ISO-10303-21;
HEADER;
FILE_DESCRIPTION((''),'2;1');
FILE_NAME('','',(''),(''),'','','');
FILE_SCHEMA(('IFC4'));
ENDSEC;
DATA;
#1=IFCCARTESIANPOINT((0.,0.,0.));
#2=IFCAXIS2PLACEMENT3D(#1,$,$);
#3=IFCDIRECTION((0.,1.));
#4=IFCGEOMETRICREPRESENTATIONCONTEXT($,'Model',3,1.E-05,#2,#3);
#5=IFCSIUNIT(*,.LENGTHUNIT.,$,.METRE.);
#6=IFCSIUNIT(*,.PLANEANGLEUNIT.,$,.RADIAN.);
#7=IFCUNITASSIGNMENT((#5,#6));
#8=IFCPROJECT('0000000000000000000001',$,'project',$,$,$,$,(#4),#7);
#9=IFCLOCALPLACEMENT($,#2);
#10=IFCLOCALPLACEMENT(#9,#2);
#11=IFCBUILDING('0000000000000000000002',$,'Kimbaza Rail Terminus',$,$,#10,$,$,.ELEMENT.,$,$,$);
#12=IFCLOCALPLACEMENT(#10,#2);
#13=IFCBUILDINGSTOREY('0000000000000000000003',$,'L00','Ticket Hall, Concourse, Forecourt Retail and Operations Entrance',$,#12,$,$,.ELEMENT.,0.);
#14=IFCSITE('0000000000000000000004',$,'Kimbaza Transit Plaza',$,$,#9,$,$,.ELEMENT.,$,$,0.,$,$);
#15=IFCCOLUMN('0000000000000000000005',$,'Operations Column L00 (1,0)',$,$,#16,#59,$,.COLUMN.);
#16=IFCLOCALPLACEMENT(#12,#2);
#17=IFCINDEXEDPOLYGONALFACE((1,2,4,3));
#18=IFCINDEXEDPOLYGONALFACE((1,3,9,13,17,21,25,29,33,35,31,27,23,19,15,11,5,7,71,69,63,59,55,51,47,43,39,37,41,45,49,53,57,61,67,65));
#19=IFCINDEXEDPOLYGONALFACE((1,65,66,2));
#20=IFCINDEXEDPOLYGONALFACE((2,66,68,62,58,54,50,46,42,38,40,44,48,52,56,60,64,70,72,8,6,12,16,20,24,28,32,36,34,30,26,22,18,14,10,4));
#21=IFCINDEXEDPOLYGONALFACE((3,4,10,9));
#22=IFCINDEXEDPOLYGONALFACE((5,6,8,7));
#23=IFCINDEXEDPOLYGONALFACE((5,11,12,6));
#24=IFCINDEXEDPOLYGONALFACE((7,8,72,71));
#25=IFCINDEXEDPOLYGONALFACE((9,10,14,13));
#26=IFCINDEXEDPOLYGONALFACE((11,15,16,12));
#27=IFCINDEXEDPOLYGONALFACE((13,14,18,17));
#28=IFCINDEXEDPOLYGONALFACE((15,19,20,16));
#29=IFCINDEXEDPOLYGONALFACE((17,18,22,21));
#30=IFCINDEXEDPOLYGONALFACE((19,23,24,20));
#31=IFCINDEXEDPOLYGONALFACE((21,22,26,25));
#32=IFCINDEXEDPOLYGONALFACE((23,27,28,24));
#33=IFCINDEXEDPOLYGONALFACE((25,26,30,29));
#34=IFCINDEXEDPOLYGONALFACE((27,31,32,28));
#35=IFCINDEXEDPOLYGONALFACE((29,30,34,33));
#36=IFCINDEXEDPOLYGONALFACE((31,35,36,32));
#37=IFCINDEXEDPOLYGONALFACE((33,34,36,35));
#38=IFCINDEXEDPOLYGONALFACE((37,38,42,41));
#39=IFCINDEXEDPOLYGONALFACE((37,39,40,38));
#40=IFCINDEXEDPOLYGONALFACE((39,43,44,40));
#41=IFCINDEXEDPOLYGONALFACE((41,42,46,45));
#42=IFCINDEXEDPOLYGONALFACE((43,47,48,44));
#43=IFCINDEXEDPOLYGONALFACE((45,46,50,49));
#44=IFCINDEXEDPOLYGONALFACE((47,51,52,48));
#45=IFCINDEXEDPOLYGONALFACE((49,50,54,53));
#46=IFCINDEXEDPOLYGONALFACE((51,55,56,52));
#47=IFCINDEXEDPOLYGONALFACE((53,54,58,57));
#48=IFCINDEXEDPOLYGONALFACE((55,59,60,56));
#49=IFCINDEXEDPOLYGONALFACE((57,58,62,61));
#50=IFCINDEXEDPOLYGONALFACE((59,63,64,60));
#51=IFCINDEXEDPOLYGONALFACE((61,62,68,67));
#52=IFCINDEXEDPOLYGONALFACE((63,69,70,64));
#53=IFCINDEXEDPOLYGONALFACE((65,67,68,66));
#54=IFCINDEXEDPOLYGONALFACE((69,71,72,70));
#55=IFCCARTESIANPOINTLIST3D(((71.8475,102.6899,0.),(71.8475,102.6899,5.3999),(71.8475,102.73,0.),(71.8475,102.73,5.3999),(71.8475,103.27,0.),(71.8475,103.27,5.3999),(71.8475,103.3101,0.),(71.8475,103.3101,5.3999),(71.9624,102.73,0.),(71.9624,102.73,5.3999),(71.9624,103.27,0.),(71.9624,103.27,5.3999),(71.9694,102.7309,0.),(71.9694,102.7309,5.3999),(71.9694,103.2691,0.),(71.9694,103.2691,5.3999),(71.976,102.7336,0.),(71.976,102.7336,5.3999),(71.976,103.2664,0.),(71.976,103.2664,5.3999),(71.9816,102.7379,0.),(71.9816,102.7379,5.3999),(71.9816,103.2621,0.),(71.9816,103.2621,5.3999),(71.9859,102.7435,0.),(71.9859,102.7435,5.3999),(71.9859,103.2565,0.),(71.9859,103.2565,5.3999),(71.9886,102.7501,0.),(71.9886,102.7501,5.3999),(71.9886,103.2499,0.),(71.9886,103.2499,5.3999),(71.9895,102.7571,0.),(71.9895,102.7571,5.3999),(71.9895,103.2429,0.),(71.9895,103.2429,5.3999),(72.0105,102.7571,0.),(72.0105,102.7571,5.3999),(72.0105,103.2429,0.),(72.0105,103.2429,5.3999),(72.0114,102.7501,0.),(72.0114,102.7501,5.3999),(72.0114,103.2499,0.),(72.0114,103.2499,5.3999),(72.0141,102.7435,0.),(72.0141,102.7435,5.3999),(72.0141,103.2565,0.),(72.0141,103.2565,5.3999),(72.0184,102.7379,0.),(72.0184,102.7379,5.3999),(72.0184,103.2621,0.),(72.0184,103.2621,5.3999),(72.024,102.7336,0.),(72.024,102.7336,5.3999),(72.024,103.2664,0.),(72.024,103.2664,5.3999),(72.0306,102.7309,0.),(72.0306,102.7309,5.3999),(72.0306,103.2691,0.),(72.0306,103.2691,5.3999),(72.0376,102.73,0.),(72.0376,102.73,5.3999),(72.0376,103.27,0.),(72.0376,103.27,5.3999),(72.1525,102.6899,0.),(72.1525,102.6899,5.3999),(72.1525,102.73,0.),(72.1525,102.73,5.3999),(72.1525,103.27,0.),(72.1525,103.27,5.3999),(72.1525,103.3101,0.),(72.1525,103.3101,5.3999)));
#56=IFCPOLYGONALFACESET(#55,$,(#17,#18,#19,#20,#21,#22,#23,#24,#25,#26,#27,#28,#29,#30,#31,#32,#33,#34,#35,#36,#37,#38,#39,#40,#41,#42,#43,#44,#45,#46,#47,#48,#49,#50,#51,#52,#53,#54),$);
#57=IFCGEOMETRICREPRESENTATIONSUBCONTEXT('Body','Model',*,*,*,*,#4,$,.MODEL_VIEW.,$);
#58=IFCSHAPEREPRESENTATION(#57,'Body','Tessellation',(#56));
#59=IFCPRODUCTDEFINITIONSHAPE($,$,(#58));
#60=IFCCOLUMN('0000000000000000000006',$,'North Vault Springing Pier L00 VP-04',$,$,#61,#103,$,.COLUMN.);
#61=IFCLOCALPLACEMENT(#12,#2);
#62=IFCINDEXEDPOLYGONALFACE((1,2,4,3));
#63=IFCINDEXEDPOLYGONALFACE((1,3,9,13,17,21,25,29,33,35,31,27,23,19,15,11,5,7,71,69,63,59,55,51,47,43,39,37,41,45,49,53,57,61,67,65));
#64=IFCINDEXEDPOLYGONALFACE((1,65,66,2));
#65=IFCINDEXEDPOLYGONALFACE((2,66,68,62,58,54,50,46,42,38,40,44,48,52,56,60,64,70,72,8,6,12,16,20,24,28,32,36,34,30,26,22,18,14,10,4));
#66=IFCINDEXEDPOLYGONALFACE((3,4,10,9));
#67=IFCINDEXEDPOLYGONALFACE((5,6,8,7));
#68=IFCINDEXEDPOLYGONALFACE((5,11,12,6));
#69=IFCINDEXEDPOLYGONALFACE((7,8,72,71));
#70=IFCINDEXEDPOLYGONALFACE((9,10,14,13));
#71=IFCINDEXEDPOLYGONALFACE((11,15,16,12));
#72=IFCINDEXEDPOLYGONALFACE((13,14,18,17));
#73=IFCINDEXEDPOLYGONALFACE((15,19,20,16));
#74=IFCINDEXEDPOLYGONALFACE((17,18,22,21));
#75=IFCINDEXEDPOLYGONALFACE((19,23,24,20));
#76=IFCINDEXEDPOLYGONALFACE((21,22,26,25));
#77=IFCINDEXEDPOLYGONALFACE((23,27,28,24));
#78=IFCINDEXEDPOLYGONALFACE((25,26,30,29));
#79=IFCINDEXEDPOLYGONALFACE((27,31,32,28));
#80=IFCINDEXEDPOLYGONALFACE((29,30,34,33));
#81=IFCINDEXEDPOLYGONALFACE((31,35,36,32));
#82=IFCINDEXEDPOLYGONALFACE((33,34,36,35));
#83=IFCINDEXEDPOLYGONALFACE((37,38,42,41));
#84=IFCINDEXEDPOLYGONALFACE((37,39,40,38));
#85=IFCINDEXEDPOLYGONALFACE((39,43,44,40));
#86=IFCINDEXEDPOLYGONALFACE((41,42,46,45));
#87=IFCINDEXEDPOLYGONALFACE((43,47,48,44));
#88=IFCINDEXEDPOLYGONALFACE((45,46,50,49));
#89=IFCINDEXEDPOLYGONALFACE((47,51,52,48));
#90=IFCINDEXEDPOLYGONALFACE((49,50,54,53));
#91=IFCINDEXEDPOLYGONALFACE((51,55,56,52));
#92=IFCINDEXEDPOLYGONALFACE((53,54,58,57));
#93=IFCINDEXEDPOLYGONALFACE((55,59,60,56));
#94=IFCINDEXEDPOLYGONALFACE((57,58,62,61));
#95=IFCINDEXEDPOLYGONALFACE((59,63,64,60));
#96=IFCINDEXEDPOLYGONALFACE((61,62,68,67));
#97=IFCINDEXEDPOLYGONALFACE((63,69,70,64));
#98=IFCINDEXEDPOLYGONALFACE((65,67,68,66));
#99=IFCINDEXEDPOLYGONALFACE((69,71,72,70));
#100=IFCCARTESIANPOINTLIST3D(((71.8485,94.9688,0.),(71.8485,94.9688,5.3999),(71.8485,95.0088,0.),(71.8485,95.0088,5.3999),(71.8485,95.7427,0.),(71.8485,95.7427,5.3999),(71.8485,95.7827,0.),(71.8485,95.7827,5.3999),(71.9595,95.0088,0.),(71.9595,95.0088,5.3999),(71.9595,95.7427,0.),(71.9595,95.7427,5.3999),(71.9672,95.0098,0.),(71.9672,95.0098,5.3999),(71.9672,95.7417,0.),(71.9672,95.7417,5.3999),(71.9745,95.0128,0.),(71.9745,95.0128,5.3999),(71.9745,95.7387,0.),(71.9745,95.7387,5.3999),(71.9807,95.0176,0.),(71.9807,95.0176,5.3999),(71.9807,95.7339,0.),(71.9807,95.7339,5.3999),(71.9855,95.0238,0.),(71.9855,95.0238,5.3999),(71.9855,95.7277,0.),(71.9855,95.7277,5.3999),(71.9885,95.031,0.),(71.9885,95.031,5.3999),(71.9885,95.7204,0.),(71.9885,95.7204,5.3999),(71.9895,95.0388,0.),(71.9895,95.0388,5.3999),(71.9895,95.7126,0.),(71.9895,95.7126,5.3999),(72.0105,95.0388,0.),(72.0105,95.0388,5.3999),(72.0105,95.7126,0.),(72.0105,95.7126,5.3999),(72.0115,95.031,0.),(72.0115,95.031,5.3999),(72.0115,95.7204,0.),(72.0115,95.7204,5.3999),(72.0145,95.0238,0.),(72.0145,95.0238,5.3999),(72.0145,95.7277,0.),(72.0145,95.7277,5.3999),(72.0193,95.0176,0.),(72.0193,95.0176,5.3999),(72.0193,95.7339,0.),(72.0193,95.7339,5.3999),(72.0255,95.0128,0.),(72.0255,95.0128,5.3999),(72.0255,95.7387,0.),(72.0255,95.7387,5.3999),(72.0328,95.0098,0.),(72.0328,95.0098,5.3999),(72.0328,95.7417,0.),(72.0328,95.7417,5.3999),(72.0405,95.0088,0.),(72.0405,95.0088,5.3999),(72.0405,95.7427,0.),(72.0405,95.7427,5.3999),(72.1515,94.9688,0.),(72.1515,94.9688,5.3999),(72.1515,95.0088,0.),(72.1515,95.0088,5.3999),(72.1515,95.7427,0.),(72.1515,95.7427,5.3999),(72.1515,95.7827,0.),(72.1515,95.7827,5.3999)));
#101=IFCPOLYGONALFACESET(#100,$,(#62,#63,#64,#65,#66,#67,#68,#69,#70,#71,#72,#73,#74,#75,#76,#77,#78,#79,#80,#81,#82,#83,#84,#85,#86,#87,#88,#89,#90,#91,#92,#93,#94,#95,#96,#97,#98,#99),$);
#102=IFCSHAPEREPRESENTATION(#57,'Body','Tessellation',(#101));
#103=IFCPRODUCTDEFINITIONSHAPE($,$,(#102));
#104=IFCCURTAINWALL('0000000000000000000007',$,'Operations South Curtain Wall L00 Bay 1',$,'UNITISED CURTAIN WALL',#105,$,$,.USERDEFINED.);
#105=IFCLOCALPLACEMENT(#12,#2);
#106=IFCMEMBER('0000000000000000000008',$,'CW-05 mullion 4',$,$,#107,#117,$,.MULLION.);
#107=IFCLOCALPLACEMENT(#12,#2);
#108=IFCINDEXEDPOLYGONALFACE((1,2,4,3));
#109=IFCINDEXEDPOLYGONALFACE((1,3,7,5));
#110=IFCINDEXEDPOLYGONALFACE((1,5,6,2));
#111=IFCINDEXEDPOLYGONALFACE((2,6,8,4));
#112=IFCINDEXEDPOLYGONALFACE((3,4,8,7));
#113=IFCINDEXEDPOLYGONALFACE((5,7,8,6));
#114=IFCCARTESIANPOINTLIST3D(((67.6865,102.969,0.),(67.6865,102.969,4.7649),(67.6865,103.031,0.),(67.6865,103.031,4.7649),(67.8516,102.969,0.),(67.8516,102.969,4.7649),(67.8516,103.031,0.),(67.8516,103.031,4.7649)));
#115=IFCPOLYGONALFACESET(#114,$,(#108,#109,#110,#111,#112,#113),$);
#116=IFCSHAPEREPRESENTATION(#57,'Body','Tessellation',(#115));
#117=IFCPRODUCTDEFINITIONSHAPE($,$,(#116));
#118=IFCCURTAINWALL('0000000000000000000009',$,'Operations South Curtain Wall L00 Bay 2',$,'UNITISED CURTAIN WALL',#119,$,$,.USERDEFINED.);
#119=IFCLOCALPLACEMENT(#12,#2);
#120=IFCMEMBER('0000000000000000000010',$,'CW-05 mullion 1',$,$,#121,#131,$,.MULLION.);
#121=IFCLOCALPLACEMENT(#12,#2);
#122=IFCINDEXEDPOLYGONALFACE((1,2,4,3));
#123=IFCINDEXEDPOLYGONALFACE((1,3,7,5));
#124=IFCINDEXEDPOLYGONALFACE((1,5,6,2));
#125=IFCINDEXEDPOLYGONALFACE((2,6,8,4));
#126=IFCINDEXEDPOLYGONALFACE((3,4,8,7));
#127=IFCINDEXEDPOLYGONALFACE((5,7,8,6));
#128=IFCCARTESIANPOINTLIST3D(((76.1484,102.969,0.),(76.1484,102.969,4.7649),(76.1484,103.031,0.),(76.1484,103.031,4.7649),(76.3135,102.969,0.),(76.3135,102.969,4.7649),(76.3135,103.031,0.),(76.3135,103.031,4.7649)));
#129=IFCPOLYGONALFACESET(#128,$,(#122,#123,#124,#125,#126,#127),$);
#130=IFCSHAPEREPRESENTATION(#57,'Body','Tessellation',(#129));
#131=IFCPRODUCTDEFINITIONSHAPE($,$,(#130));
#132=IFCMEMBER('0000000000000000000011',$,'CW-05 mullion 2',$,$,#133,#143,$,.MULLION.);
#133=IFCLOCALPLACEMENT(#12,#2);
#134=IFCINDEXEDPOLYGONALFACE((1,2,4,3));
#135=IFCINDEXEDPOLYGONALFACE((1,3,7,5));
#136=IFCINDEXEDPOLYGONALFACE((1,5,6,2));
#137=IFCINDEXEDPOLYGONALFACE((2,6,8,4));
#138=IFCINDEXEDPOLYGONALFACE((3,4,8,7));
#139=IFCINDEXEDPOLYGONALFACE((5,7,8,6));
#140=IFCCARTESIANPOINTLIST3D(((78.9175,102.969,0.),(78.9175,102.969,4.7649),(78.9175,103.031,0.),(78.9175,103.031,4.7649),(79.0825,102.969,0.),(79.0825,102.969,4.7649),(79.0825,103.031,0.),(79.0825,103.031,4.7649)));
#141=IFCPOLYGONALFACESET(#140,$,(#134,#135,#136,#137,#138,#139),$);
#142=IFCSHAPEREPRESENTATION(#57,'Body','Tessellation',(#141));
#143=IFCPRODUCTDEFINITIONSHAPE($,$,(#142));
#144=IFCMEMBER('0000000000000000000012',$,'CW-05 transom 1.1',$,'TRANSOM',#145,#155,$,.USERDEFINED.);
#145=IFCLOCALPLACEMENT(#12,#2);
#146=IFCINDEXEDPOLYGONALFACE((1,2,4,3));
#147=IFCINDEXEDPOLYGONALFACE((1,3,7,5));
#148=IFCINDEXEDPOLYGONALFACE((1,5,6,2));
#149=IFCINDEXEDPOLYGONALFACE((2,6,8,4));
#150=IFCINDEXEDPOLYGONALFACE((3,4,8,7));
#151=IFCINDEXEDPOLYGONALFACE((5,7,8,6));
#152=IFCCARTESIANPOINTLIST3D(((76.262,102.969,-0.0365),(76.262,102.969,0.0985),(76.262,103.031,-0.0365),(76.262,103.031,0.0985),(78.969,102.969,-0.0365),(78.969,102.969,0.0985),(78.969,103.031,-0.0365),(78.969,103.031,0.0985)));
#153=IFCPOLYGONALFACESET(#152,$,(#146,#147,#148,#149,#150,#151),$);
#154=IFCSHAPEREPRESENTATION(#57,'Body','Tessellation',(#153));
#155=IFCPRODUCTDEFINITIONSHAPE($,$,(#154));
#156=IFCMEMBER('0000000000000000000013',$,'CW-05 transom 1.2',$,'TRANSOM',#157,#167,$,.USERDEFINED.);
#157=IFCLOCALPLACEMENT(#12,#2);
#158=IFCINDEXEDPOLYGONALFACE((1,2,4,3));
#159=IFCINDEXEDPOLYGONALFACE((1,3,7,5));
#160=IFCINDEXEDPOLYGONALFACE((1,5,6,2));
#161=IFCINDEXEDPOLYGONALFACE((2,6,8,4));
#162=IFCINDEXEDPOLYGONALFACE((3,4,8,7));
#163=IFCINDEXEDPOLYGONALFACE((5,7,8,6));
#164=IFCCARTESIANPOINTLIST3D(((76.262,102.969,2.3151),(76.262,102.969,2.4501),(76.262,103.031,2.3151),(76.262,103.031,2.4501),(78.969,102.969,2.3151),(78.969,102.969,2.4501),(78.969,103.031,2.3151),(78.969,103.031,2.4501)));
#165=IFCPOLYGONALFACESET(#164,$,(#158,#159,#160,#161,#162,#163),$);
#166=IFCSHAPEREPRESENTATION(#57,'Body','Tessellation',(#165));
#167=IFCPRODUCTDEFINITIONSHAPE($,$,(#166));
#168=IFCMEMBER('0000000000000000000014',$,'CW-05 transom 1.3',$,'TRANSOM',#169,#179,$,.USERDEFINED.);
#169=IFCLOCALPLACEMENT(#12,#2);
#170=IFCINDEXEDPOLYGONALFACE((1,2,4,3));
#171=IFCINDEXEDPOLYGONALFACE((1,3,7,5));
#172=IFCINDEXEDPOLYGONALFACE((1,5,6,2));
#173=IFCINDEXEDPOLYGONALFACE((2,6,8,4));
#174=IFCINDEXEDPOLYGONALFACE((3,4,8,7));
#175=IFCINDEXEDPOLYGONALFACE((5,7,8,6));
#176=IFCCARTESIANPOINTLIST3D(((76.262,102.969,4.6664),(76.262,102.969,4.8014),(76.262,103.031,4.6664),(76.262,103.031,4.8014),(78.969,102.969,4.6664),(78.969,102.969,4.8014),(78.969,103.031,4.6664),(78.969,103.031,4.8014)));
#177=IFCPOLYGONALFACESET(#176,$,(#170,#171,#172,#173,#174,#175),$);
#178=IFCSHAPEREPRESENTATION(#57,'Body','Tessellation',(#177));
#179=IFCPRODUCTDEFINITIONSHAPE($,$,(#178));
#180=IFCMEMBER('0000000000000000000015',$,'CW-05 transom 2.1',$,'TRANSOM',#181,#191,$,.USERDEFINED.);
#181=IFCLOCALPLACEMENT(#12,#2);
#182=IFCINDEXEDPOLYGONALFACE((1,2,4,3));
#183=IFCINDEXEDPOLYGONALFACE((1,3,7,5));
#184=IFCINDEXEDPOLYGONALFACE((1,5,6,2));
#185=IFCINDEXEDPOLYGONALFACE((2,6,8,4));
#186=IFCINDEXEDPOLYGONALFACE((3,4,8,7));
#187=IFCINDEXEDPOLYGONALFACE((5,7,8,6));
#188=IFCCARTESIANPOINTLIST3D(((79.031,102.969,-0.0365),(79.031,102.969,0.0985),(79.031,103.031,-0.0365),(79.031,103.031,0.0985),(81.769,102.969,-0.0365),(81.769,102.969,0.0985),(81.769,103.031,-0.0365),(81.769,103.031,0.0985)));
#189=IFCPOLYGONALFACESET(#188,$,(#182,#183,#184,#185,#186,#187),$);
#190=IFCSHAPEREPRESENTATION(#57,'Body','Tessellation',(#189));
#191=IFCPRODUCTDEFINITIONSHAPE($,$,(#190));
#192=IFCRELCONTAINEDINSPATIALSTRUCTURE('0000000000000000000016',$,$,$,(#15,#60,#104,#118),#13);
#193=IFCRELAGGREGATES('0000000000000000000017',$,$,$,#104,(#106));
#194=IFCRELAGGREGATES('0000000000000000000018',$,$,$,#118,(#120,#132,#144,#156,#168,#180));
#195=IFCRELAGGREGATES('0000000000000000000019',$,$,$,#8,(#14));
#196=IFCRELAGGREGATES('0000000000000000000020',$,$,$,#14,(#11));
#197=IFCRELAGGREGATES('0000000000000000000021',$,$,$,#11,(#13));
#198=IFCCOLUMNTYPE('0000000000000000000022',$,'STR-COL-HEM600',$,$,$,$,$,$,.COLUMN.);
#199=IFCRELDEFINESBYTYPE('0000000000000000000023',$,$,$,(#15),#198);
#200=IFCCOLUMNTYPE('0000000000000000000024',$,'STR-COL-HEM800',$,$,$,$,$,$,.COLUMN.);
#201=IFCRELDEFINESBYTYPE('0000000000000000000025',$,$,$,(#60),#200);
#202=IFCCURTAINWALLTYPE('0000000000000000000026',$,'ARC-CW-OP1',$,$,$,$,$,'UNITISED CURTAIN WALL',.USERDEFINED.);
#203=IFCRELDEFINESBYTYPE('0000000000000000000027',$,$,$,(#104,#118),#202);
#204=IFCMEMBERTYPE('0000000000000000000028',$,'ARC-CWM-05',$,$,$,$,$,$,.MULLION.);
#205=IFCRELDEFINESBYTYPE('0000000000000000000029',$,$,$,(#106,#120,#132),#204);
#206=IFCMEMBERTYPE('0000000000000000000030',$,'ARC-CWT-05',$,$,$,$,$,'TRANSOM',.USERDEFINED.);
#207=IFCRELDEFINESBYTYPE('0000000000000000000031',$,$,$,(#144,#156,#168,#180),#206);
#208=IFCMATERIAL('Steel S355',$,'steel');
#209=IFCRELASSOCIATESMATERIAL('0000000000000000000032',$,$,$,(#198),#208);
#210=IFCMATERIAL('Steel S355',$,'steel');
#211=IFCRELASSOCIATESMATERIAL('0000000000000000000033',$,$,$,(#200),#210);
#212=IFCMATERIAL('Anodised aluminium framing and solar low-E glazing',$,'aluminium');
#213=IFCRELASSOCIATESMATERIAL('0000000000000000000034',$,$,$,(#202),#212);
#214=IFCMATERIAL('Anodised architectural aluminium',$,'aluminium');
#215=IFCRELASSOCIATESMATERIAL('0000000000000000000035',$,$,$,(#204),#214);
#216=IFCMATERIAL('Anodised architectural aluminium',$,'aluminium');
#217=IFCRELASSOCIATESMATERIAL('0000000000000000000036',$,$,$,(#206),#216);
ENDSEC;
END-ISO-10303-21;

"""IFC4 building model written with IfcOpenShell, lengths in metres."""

from ifc_helpers import new_model, si_unit, direction, frame, origin, origin_2d, place, context, subcontext, project, spatial, rectangle, i_section, extrude, material, material_profile, profile_set, type_object, element, aggregate, save


model = new_model("IFC4")

# Units and contexts
model_context = context("Model", 3, precision=1e-05, world=origin(), true_north=direction((0.0, 1.0)))
body_context = subcontext(model_context, "Body", "Model", "MODEL_VIEW")
ifc_project = project(units=[si_unit("LENGTHUNIT", "METRE"), si_unit("PLANEANGLEUNIT", "RADIAN")], contexts=[model_context])

# Site, building, storey
site_placement = place(None, origin())
site = spatial("IfcSite", under=ifc_project, at=site_placement, Name="Kimbaza Transit Plaza", CompositionType="ELEMENT", RefElevation=0.0)
building_placement = place(site_placement, origin())
building = spatial("IfcBuilding", under=site, at=building_placement, Name="Kimbaza Rail Terminus", CompositionType="ELEMENT")
storey_placement = place(building_placement, origin())
storey = spatial("IfcBuildingStorey", under=building, at=storey_placement, Name="L00", Description="Ticket Hall, Concourse, Forecourt Retail and Operations Entrance", CompositionType="ELEMENT", Elevation=0.0)

# Columns
ifc_material_1 = material(Name="Steel S355", Category="steel")
ifc_material_profile_1 = material_profile(ifc_material_1, i_section(OverallWidth=0.3049, OverallDepth=0.6201, WebThickness=0.021, FlangeThickness=0.04, FilletRadius=0.0271, at=origin_2d()), Name="HEM 600")
ifc_profile_set_1 = profile_set([ifc_material_profile_1], Name="Steel S355")
column_type_1 = type_object("IfcColumnType", Name="STR-COL-HEM600", PredefinedType="COLUMN", material=ifc_profile_set_1)
column_1_placement = place(storey_placement, frame((72.0, 103.0, 0.0), z_axis=(0.0, 0.0, 1.0), x_axis=(1.0, 0.0, 0.0)))
element("IfcColumn", 1, at=column_1_placement, inside=storey, type_object=column_type_1, Name="Operations Column L00 (1,0)", PredefinedType="COLUMN", context=body_context, shape_type="SweptSolid", body=[
    extrude(i_section(OverallWidth=0.3049, OverallDepth=0.6201, WebThickness=0.021, FlangeThickness=0.04, FilletRadius=0.0271, at=origin_2d()), origin(), (0.0, 0.0, 1.0), 5.3999),
])
ifc_material_2 = material(Name="Steel S355", Category="steel")
ifc_material_profile_2 = material_profile(ifc_material_2, i_section(OverallWidth=0.303, OverallDepth=0.814, WebThickness=0.021, FlangeThickness=0.04, FilletRadius=0.03, at=origin_2d()), Name="HEM 800")
ifc_profile_set_2 = profile_set([ifc_material_profile_2], Name="Steel S355")
column_type_2 = type_object("IfcColumnType", Name="STR-COL-HEM800", PredefinedType="COLUMN", material=ifc_profile_set_2)
column_2_placement = place(storey_placement, frame((72.0, 95.3757, 0.0), z_axis=(0.0, 0.0, 1.0), x_axis=(1.0, 0.0, 0.0)))
element("IfcColumn", 2, at=column_2_placement, inside=storey, type_object=column_type_2, Name="North Vault Springing Pier L00 VP-04", PredefinedType="COLUMN", context=body_context, shape_type="SweptSolid", body=[
    extrude(i_section(OverallWidth=0.303, OverallDepth=0.814, WebThickness=0.021, FlangeThickness=0.04, FilletRadius=0.03, at=origin_2d()), origin(), (0.0, 0.0, 1.0), 5.3999),
])

# Curtain wall, member
ifc_material_3 = material(Name="Anodised aluminium framing and solar low-E glazing", Category="aluminium")
curtain_wall_type = type_object("IfcCurtainWallType", Name="ARC-CW-OP1", ElementType="UNITISED CURTAIN WALL", PredefinedType="USERDEFINED", material=ifc_material_3)
curtain_wall_1_placement = place(storey_placement, origin())
curtain_wall_1 = element("IfcCurtainWall", 3, at=curtain_wall_1_placement, inside=storey, type_object=curtain_wall_type, Name="Operations South Curtain Wall L00 Bay 1", ObjectType="UNITISED CURTAIN WALL", PredefinedType="USERDEFINED")
ifc_material_4 = material(Name="Anodised architectural aluminium", Category="aluminium")
ifc_material_profile_3 = material_profile(ifc_material_4, rectangle(XDim=0.062, YDim=0.165, at=origin_2d()), Name="MULLION 62x165")
ifc_profile_set_3 = profile_set([ifc_material_profile_3], Name="Anodised architectural aluminium")
member_type_1 = type_object("IfcMemberType", Name="ARC-CWM-05", PredefinedType="MULLION", material=ifc_profile_set_3)
member_1_placement = place(storey_placement, frame((67.769, 103.0, 0.0), z_axis=(0.0, 0.0, 1.0), x_axis=(0.0, 1.0, 0.0)))
member_1 = element("IfcMember", 4, at=member_1_placement, type_object=member_type_1, Name="CW-05 mullion 4", PredefinedType="MULLION", context=body_context, shape_type="SweptSolid", body=[
    extrude(rectangle(XDim=0.062, YDim=0.165, at=origin_2d()), origin(), (0.0, 0.0, 1.0), 4.7649),
])
aggregate(curtain_wall_1, [member_1])

# Curtain wall, members
curtain_wall_2_placement = place(storey_placement, origin())
curtain_wall_2 = element("IfcCurtainWall", 5, at=curtain_wall_2_placement, inside=storey, type_object=curtain_wall_type, Name="Operations South Curtain Wall L00 Bay 2", ObjectType="UNITISED CURTAIN WALL", PredefinedType="USERDEFINED")
member_2_placement = place(storey_placement, frame((76.231, 103.0, 0.0), z_axis=(0.0, 0.0, 1.0), x_axis=(0.0, 1.0, 0.0)))
member_2 = element("IfcMember", 6, at=member_2_placement, type_object=member_type_1, Name="CW-05 mullion 1", PredefinedType="MULLION", context=body_context, shape_type="SweptSolid", body=[
    extrude(rectangle(XDim=0.062, YDim=0.165, at=origin_2d()), origin(), (0.0, 0.0, 1.0), 4.7649),
])
member_3_placement = place(storey_placement, frame((79.0, 103.0, 0.0), z_axis=(0.0, 0.0, 1.0), x_axis=(0.0, 1.0, 0.0)))
member_3 = element("IfcMember", 7, at=member_3_placement, type_object=member_type_1, Name="CW-05 mullion 2", PredefinedType="MULLION", context=body_context, shape_type="SweptSolid", body=[
    extrude(rectangle(XDim=0.062, YDim=0.165, at=origin_2d()), origin(), (0.0, 0.0, 1.0), 4.7649),
])
ifc_material_5 = material(Name="Anodised architectural aluminium", Category="aluminium")
ifc_material_profile_4 = material_profile(ifc_material_5, rectangle(XDim=0.062, YDim=0.135, at=origin_2d()), Name="TRANSOM 62x135")
ifc_profile_set_4 = profile_set([ifc_material_profile_4], Name="Anodised architectural aluminium")
member_type_2 = type_object("IfcMemberType", Name="ARC-CWT-05", ElementType="TRANSOM", PredefinedType="USERDEFINED", material=ifc_profile_set_4)
member_4_placement = place(storey_placement, frame((76.262, 103.0, 0.031), z_axis=(1.0, 0.0, 0.0), x_axis=(0.0, 1.0, 0.0)))
member_4 = element("IfcMember", 8, at=member_4_placement, type_object=member_type_2, Name="CW-05 transom 1.1", ObjectType="TRANSOM", PredefinedType="USERDEFINED", context=body_context, shape_type="SweptSolid", body=[
    extrude(rectangle(XDim=0.062, YDim=0.135, at=origin_2d()), origin(), (0.0, 0.0, 1.0), 2.707),
])
member_5_placement = place(storey_placement, frame((76.262, 103.0, 2.3826), z_axis=(1.0, 0.0, 0.0), x_axis=(0.0, 1.0, 0.0)))
member_5 = element("IfcMember", 9, at=member_5_placement, type_object=member_type_2, Name="CW-05 transom 1.2", ObjectType="TRANSOM", PredefinedType="USERDEFINED", context=body_context, shape_type="SweptSolid", body=[
    extrude(rectangle(XDim=0.062, YDim=0.135, at=origin_2d()), origin(), (0.0, 0.0, 1.0), 2.707),
])
member_6_placement = place(storey_placement, frame((76.262, 103.0, 4.7339), z_axis=(1.0, 0.0, 0.0), x_axis=(0.0, 1.0, 0.0)))
member_6 = element("IfcMember", 10, at=member_6_placement, type_object=member_type_2, Name="CW-05 transom 1.3", ObjectType="TRANSOM", PredefinedType="USERDEFINED", context=body_context, shape_type="SweptSolid", body=[
    extrude(rectangle(XDim=0.062, YDim=0.135, at=origin_2d()), origin(), (0.0, 0.0, 1.0), 2.707),
])
member_7_placement = place(storey_placement, frame((79.031, 103.0, 0.031), z_axis=(1.0, 0.0, 0.0), x_axis=(0.0, 1.0, 0.0)))
member_7 = element("IfcMember", 11, at=member_7_placement, type_object=member_type_2, Name="CW-05 transom 2.1", ObjectType="TRANSOM", PredefinedType="USERDEFINED", context=body_context, shape_type="SweptSolid", body=[
    extrude(rectangle(XDim=0.062, YDim=0.135, at=origin_2d()), origin(), (0.0, 0.0, 1.0), 2.738),
])

aggregate(curtain_wall_2, [member_2, member_3, member_4, member_5, member_6, member_7])

save(model, "model.ifc")
